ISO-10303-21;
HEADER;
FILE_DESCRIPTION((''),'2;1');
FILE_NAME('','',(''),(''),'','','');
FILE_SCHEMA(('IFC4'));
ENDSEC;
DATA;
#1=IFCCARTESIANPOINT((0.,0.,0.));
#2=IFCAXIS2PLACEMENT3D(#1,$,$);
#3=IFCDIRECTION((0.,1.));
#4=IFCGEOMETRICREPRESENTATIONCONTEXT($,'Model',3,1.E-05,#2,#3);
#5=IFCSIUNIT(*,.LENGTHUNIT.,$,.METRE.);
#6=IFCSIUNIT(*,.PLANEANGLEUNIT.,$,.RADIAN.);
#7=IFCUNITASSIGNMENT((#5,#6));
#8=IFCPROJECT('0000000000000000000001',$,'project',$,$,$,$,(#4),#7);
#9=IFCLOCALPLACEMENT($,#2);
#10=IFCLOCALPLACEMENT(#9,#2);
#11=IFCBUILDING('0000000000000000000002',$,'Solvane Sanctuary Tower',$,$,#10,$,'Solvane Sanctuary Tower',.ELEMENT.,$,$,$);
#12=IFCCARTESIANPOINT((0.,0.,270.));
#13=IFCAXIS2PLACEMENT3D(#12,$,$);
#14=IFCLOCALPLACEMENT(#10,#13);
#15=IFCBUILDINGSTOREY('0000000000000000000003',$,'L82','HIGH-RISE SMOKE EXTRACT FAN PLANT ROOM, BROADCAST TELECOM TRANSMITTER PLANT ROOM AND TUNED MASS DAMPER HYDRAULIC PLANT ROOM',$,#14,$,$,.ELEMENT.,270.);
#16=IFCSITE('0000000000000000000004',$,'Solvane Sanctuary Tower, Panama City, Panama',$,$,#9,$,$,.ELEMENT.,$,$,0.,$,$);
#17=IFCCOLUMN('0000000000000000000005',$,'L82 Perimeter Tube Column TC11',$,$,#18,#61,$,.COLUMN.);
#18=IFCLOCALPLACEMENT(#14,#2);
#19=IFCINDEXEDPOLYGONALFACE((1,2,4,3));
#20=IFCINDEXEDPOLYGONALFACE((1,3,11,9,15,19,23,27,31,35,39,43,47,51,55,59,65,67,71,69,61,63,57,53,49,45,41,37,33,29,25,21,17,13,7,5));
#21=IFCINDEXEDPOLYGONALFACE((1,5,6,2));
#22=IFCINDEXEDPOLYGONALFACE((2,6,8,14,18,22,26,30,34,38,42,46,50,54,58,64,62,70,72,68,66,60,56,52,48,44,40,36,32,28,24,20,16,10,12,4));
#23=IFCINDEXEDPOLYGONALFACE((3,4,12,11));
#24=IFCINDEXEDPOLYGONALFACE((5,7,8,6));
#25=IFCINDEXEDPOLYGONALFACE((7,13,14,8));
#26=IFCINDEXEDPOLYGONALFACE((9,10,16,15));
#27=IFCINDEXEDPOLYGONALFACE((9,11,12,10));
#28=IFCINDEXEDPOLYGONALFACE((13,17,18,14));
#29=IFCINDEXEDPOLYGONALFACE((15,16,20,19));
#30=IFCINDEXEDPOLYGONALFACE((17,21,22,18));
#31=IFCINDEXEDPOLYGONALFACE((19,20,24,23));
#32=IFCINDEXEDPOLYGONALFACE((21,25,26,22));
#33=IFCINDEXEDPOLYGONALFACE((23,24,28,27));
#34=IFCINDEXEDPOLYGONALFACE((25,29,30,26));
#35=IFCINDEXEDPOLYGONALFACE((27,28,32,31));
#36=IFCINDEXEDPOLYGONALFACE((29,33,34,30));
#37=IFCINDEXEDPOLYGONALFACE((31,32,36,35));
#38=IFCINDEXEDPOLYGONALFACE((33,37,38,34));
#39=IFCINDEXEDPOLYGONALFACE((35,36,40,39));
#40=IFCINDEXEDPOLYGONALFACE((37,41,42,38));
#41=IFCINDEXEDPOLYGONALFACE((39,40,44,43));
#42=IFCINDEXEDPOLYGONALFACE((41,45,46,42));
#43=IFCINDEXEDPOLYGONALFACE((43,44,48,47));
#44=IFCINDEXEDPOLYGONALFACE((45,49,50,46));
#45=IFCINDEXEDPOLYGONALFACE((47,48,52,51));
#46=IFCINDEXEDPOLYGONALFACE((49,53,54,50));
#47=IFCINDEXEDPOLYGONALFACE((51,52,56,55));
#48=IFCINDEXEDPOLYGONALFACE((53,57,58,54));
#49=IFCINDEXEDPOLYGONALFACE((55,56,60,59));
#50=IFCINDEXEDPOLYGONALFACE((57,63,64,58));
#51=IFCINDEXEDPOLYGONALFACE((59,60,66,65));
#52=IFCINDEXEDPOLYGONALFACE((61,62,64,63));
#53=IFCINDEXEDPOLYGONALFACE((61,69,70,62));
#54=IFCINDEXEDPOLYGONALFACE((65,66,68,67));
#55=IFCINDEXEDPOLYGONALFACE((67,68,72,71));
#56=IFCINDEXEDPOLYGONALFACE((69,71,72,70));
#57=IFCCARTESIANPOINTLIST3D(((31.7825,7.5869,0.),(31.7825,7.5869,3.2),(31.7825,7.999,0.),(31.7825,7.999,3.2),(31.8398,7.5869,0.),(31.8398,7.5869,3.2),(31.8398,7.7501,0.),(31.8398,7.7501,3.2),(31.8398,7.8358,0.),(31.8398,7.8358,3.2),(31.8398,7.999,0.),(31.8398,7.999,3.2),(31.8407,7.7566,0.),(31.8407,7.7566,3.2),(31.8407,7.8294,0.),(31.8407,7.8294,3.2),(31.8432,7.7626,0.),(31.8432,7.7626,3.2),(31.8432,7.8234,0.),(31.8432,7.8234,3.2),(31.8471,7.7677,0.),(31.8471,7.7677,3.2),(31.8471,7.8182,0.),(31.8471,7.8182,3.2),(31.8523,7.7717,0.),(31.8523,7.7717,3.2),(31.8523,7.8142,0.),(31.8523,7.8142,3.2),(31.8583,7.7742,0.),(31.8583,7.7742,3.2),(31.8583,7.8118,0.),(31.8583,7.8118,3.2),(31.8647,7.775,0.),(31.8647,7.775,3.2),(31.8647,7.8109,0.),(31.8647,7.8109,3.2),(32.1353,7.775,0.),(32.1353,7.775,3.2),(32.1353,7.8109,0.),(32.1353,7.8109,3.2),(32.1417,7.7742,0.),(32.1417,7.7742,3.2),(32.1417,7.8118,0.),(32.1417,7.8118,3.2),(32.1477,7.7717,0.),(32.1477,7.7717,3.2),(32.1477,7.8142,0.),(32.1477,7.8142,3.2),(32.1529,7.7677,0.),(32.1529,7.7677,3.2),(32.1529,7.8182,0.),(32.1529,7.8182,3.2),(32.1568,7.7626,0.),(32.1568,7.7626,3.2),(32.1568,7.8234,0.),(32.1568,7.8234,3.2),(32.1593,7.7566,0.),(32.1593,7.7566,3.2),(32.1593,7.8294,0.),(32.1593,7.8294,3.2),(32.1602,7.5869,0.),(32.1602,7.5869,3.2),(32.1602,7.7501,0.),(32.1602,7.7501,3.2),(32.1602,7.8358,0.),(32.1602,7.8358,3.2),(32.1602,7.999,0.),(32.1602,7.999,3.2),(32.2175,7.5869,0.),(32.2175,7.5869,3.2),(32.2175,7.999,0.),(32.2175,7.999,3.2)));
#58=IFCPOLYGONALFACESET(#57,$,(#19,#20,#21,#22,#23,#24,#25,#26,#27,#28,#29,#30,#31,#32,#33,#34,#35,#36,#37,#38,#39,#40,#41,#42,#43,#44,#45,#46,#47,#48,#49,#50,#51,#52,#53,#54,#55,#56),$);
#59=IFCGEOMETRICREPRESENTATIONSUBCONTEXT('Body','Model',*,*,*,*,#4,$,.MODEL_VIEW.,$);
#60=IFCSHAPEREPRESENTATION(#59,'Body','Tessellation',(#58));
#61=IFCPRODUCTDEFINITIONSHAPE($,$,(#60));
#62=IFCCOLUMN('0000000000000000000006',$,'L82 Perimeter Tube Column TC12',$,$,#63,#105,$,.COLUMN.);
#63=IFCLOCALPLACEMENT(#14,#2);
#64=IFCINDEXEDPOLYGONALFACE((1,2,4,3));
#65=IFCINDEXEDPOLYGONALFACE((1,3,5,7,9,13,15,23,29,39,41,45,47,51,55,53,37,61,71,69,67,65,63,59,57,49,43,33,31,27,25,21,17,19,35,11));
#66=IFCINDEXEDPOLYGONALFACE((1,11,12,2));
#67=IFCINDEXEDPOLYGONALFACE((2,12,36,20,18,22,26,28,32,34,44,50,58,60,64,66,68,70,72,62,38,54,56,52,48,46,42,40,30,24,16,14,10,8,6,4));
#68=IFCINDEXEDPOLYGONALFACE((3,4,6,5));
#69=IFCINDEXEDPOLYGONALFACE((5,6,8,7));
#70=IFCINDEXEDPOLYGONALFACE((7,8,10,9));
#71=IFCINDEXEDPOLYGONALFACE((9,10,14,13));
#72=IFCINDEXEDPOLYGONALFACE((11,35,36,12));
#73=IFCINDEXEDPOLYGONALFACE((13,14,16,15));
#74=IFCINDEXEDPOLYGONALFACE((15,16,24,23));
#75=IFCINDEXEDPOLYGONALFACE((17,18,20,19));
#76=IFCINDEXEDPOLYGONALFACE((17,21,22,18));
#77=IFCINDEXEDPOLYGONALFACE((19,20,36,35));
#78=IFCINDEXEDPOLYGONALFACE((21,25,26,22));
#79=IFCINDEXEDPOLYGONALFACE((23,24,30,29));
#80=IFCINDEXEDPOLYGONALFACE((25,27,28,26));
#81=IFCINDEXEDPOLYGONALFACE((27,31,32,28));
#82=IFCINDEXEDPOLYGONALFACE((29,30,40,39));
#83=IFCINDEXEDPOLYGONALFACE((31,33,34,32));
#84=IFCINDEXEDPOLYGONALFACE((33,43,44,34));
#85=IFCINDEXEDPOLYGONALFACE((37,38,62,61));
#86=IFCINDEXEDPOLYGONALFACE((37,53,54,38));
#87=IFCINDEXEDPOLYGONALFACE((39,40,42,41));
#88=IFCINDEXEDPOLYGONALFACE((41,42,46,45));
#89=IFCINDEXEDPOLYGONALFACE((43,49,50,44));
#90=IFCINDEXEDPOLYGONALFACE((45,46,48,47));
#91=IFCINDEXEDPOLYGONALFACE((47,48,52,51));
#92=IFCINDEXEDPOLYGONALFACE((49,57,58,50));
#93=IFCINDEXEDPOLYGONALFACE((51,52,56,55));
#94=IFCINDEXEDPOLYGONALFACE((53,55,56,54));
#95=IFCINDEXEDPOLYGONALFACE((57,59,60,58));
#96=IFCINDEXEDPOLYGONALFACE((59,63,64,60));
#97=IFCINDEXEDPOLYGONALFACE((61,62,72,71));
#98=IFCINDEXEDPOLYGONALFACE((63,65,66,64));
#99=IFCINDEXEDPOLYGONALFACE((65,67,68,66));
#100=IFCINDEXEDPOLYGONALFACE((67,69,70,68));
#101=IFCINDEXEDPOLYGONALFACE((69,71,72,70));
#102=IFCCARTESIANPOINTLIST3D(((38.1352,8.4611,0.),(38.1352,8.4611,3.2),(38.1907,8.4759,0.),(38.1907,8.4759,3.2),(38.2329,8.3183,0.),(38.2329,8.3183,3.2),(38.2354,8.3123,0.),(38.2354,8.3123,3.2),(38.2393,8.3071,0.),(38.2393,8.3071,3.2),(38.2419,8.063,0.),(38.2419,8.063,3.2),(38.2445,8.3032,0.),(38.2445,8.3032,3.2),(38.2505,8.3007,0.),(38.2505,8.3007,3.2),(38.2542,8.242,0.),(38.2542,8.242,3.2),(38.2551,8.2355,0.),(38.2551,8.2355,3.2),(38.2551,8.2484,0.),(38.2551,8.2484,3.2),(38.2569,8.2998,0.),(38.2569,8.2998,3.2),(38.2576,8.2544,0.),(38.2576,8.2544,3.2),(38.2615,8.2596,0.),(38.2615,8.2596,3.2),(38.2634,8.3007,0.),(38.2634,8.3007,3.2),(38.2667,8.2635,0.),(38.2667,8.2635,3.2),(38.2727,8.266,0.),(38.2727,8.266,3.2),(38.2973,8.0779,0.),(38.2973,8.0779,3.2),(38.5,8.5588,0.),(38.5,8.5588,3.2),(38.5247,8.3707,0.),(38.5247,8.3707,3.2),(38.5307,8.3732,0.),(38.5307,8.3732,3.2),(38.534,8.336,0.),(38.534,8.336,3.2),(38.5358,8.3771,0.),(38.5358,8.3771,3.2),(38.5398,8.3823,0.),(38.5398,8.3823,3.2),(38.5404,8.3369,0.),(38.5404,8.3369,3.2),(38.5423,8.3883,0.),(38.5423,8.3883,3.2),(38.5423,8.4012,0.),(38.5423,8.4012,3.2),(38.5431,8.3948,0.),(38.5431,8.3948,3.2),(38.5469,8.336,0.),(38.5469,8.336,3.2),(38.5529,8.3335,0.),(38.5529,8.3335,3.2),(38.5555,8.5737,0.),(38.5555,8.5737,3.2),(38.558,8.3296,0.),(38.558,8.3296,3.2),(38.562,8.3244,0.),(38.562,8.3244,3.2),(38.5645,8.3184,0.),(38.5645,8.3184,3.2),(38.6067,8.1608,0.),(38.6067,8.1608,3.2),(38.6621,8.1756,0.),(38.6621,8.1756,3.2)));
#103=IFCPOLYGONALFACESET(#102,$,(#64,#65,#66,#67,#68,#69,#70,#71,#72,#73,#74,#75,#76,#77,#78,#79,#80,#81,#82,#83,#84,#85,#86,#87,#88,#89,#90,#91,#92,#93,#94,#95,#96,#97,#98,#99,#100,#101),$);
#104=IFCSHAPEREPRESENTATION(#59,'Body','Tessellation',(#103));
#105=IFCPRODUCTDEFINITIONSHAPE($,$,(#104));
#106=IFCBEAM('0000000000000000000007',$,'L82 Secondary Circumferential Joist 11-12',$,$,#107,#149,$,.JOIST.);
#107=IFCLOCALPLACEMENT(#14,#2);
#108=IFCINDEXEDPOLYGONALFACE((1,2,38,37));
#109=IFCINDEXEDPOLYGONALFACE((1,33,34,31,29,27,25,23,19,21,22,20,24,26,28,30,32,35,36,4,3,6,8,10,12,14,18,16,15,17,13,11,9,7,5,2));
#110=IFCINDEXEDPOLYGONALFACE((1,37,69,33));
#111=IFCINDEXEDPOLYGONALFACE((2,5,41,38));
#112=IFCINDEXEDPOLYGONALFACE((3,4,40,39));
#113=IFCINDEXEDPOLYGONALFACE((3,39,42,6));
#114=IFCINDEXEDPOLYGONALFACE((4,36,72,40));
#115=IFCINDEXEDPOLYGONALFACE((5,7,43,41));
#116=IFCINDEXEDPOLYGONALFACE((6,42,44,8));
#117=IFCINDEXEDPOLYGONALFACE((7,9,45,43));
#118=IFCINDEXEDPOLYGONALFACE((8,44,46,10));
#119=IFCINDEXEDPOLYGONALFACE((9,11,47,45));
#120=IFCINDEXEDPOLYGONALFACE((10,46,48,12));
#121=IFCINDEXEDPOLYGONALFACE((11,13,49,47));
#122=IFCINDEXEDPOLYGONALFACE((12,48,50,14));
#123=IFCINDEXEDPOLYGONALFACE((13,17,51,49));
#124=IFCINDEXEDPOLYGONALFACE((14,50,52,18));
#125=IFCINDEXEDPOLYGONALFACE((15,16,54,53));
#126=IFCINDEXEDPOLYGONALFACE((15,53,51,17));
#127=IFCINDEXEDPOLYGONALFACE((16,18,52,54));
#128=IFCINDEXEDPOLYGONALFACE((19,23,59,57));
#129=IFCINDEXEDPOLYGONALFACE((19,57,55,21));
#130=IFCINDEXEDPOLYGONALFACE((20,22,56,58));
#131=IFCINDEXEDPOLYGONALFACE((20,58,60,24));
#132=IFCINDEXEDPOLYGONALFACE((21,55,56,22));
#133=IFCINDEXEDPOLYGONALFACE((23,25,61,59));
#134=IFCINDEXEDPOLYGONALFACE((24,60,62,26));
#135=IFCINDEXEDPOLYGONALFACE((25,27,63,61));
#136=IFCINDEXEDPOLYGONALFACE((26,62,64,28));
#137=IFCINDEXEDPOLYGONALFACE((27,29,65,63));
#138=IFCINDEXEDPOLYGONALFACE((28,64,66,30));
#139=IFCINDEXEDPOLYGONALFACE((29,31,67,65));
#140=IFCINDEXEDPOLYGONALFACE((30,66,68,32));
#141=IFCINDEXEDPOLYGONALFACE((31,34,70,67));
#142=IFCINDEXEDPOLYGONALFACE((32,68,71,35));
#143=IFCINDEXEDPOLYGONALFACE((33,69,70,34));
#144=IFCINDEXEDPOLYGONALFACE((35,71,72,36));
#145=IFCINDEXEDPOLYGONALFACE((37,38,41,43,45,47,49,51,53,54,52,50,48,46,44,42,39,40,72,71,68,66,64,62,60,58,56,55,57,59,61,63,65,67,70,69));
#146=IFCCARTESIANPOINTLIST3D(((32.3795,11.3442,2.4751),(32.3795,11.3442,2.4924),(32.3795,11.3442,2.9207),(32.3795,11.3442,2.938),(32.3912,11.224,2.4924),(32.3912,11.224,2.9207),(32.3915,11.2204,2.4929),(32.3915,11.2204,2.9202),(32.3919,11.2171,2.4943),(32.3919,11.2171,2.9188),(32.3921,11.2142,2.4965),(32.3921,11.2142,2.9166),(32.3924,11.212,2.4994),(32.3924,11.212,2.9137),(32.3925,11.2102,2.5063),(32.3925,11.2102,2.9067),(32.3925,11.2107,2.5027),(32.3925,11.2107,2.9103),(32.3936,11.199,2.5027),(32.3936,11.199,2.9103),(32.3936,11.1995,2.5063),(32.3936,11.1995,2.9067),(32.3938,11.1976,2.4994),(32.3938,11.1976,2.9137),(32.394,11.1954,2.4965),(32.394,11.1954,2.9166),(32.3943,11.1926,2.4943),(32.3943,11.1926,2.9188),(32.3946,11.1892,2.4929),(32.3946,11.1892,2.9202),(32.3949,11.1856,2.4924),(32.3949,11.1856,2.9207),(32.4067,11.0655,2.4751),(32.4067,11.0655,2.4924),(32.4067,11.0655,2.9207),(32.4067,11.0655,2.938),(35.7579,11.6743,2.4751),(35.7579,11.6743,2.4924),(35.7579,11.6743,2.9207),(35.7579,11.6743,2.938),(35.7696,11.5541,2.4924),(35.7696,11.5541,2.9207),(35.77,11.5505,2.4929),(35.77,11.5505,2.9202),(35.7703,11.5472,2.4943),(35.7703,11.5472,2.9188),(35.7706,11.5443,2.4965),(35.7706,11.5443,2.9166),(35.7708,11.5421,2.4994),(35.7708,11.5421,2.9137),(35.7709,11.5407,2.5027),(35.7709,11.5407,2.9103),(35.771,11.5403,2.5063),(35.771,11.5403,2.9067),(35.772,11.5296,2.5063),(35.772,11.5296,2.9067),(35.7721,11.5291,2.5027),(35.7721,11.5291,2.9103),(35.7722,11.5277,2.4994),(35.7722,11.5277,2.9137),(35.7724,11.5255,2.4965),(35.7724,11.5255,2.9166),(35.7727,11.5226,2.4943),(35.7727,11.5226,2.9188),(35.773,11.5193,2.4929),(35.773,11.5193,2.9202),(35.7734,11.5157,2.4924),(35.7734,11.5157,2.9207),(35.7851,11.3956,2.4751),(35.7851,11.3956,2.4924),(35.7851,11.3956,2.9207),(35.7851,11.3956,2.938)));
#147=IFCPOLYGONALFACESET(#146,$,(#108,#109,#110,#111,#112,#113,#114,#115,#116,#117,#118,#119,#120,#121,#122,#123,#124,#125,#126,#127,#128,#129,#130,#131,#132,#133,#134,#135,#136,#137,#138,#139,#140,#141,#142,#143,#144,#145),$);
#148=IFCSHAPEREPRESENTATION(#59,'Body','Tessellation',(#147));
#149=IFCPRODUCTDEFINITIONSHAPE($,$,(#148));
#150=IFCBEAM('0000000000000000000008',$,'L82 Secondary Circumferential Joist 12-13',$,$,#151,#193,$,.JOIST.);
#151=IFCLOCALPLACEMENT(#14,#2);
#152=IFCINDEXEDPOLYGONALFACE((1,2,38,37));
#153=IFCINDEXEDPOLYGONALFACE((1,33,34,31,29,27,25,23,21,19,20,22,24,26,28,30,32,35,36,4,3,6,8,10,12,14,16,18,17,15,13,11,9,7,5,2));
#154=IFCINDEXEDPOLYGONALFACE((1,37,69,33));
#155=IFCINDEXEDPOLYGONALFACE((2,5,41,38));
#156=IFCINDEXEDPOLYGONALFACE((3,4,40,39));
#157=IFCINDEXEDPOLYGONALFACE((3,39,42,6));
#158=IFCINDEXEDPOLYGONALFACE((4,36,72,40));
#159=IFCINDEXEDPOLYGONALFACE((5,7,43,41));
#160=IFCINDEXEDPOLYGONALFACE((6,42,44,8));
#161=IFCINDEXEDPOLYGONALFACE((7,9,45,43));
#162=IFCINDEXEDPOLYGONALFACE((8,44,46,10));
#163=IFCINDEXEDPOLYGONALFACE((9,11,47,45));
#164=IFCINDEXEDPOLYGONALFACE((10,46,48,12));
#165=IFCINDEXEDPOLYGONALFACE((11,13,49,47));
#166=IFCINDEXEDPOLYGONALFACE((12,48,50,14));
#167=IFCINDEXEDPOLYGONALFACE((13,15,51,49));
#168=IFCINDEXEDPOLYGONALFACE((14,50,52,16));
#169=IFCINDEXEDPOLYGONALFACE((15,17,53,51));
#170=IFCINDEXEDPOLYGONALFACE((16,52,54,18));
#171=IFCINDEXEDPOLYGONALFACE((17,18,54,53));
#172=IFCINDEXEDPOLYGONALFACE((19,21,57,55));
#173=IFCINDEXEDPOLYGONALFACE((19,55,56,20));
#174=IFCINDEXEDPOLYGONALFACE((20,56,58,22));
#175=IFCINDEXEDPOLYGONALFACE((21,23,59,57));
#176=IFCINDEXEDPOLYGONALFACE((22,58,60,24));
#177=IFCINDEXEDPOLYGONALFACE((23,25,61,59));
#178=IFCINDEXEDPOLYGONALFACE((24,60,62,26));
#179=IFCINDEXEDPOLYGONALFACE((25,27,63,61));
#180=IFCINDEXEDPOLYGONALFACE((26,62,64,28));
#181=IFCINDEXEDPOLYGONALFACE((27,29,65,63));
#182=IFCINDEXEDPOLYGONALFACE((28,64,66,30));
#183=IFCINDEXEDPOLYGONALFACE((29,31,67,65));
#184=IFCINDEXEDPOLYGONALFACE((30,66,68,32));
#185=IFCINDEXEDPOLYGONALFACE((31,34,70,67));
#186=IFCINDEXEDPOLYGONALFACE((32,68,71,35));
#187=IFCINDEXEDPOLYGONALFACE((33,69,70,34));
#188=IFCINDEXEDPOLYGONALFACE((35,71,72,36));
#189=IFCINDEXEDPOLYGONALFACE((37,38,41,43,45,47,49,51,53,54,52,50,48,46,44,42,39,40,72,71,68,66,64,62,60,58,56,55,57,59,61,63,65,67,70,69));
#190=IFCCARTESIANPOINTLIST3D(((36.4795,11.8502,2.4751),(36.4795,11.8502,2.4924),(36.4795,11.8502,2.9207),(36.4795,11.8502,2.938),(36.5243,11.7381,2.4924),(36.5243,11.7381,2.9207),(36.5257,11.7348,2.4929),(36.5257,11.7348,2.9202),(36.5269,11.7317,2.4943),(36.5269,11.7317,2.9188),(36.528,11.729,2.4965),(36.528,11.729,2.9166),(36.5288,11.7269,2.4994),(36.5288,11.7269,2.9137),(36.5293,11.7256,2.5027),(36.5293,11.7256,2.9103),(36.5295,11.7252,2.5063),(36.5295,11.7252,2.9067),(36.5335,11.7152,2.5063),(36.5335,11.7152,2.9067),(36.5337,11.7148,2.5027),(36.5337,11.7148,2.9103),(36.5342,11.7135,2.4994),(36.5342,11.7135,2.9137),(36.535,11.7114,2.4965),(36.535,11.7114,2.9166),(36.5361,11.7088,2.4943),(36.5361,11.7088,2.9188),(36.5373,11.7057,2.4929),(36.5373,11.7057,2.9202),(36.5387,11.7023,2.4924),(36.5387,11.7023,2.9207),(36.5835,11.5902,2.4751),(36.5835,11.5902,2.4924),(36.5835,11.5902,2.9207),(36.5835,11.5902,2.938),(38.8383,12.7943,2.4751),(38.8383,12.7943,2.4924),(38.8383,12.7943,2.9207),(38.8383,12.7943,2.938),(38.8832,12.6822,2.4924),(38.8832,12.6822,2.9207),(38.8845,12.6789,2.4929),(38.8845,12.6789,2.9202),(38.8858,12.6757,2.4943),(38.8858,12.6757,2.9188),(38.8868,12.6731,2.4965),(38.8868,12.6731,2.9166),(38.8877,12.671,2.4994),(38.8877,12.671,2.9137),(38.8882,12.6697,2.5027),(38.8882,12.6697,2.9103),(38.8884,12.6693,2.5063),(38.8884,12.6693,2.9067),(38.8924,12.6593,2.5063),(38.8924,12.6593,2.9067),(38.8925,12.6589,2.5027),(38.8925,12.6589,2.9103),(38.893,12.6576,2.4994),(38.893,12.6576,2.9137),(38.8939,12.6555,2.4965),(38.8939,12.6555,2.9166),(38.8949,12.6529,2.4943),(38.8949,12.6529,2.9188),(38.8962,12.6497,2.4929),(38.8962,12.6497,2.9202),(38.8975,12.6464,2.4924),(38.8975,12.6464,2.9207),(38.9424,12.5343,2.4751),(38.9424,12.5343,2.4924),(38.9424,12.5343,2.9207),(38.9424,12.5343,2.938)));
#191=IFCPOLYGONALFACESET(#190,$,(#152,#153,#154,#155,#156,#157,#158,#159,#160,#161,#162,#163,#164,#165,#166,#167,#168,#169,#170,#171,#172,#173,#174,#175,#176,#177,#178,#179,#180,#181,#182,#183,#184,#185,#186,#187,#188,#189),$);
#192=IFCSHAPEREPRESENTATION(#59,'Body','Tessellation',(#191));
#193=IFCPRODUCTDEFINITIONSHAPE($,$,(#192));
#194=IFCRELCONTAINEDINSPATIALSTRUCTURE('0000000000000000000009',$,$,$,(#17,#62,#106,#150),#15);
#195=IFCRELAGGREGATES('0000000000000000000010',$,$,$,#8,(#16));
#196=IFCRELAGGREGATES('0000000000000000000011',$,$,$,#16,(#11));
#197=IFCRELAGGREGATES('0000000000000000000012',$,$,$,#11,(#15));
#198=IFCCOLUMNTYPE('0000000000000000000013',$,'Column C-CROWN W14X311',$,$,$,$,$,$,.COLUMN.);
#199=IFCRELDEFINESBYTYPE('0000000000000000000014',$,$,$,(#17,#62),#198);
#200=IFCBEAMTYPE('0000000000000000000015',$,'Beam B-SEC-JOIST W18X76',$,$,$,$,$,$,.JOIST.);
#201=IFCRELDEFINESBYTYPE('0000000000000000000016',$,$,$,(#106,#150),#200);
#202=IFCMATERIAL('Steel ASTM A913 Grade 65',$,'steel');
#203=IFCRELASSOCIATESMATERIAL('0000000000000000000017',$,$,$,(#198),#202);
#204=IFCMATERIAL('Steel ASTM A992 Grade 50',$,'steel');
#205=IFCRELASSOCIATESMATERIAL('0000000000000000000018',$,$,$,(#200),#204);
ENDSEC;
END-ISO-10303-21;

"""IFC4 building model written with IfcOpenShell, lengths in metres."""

from ifc_helpers import new_model, si_unit, direction, frame, origin, origin_2d, place, context, subcontext, project, spatial, i_section, extrude, material, material_profile, profile_set, type_object, element, save


model = new_model("IFC4")

# Units and contexts
model_context = context("Model", 3, precision=1e-05, world=origin(), true_north=direction((0.0, 1.0)))
body_context = subcontext(model_context, "Body", "Model", "MODEL_VIEW")
ifc_project = project(units=[si_unit("LENGTHUNIT", "METRE"), si_unit("PLANEANGLEUNIT", "RADIAN")], contexts=[model_context])

# Site, building, storey
site_placement = place(None, origin())
site = spatial("IfcSite", under=ifc_project, at=site_placement, Name="Solvane Sanctuary Tower, Panama City, Panama", CompositionType="ELEMENT", RefElevation=0.0)
building_placement = place(site_placement, origin())
building = spatial("IfcBuilding", under=site, at=building_placement, Name="Solvane Sanctuary Tower", LongName="Solvane Sanctuary Tower", CompositionType="ELEMENT")
storey_placement = place(building_placement, frame((0.0, 0.0, 270.0)))
storey = spatial("IfcBuildingStorey", under=building, at=storey_placement, Name="L82", Description="HIGH-RISE SMOKE EXTRACT FAN PLANT ROOM, BROADCAST TELECOM TRANSMITTER PLANT ROOM AND TUNED MASS DAMPER HYDRAULIC PLANT ROOM", CompositionType="ELEMENT", Elevation=270.0)

# Columns
ifc_material_1 = material(Name="Steel ASTM A913 Grade 65", Category="steel")
ifc_material_profile_1 = material_profile(ifc_material_1, i_section(OverallWidth=0.4121, OverallDepth=0.4351, WebThickness=0.0359, FlangeThickness=0.0574, FilletRadius=0.0249, at=origin_2d()), Name="W14X311")
ifc_profile_set_1 = profile_set([ifc_material_profile_1], Name="Steel ASTM A913 Grade 65")
column_type = type_object("IfcColumnType", Name="Column C-CROWN W14X311", PredefinedType="COLUMN", material=ifc_profile_set_1)
for number, where, z_axis, x_axis, name in (
    (1, (32.0, 7.793, 0.0), (0.0, 0.0, 1.0), (0.0, -1.0, 0.0), "L82 Perimeter Tube Column TC11"),
    (2, (38.3987, 8.3184, 0.0), (0.0, 0.0, 1.0), (0.258819, -0.965926, 0.0), "L82 Perimeter Tube Column TC12"),
):
    element("IfcColumn", number, at=place(storey_placement, frame(where, z_axis=z_axis, x_axis=x_axis)), inside=storey, type_object=column_type, Name=name, PredefinedType="COLUMN", context=body_context, shape_type="SweptSolid", body=[
        extrude(i_section(OverallWidth=0.4121, OverallDepth=0.4351, WebThickness=0.0359, FlangeThickness=0.0574, FilletRadius=0.0249, at=origin_2d()), origin(), (0.0, 0.0, 1.0), 3.2),
    ])

# Beams
ifc_material_2 = material(Name="Steel ASTM A992 Grade 50", Category="steel")
ifc_material_profile_2 = material_profile(ifc_material_2, i_section(OverallWidth=0.28, OverallDepth=0.4629, WebThickness=0.0107, FlangeThickness=0.0173, FilletRadius=0.0139, at=origin_2d()), Name="W18X76")
ifc_profile_set_2 = profile_set([ifc_material_profile_2], Name="Steel ASTM A992 Grade 50")
beam_type_1 = type_object("IfcBeamType", Name="Beam B-SEC-JOIST W18X76", PredefinedType="JOIST", material=ifc_profile_set_2)
beam_1_placement = place(storey_placement, frame((32.3931, 11.2048, 2.7065), z_axis=(0.995261, 0.097239, 0.0), x_axis=(-0.097239, 0.995261, 0.0)))
element("IfcBeam", 3, at=beam_1_placement, inside=storey, type_object=beam_type_1, Name="L82 Secondary Circumferential Joist 11-12", PredefinedType="JOIST", context=body_context, shape_type="SweptSolid", body=[
    extrude(i_section(OverallWidth=0.28, OverallDepth=0.4629, WebThickness=0.0107, FlangeThickness=0.0173, FilletRadius=0.0139, at=origin_2d()), origin(), (0.0, 0.0, 1.0), 3.3945),
])
beam_2_placement = place(storey_placement, frame((36.5315, 11.7202, 2.7065), z_axis=(0.928404, 0.371573, 0.0), x_axis=(-0.371573, 0.928404, 0.0)))
element("IfcBeam", 4, at=beam_2_placement, inside=storey, type_object=beam_type_1, Name="L82 Secondary Circumferential Joist 12-13", PredefinedType="JOIST", context=body_context, shape_type="SweptSolid", body=[
    extrude(i_section(OverallWidth=0.28, OverallDepth=0.4629, WebThickness=0.0107, FlangeThickness=0.0173, FilletRadius=0.0139, at=origin_2d()), origin(), (0.0, 0.0, 1.0), 2.5408),
])

save(model, "model.ifc")
